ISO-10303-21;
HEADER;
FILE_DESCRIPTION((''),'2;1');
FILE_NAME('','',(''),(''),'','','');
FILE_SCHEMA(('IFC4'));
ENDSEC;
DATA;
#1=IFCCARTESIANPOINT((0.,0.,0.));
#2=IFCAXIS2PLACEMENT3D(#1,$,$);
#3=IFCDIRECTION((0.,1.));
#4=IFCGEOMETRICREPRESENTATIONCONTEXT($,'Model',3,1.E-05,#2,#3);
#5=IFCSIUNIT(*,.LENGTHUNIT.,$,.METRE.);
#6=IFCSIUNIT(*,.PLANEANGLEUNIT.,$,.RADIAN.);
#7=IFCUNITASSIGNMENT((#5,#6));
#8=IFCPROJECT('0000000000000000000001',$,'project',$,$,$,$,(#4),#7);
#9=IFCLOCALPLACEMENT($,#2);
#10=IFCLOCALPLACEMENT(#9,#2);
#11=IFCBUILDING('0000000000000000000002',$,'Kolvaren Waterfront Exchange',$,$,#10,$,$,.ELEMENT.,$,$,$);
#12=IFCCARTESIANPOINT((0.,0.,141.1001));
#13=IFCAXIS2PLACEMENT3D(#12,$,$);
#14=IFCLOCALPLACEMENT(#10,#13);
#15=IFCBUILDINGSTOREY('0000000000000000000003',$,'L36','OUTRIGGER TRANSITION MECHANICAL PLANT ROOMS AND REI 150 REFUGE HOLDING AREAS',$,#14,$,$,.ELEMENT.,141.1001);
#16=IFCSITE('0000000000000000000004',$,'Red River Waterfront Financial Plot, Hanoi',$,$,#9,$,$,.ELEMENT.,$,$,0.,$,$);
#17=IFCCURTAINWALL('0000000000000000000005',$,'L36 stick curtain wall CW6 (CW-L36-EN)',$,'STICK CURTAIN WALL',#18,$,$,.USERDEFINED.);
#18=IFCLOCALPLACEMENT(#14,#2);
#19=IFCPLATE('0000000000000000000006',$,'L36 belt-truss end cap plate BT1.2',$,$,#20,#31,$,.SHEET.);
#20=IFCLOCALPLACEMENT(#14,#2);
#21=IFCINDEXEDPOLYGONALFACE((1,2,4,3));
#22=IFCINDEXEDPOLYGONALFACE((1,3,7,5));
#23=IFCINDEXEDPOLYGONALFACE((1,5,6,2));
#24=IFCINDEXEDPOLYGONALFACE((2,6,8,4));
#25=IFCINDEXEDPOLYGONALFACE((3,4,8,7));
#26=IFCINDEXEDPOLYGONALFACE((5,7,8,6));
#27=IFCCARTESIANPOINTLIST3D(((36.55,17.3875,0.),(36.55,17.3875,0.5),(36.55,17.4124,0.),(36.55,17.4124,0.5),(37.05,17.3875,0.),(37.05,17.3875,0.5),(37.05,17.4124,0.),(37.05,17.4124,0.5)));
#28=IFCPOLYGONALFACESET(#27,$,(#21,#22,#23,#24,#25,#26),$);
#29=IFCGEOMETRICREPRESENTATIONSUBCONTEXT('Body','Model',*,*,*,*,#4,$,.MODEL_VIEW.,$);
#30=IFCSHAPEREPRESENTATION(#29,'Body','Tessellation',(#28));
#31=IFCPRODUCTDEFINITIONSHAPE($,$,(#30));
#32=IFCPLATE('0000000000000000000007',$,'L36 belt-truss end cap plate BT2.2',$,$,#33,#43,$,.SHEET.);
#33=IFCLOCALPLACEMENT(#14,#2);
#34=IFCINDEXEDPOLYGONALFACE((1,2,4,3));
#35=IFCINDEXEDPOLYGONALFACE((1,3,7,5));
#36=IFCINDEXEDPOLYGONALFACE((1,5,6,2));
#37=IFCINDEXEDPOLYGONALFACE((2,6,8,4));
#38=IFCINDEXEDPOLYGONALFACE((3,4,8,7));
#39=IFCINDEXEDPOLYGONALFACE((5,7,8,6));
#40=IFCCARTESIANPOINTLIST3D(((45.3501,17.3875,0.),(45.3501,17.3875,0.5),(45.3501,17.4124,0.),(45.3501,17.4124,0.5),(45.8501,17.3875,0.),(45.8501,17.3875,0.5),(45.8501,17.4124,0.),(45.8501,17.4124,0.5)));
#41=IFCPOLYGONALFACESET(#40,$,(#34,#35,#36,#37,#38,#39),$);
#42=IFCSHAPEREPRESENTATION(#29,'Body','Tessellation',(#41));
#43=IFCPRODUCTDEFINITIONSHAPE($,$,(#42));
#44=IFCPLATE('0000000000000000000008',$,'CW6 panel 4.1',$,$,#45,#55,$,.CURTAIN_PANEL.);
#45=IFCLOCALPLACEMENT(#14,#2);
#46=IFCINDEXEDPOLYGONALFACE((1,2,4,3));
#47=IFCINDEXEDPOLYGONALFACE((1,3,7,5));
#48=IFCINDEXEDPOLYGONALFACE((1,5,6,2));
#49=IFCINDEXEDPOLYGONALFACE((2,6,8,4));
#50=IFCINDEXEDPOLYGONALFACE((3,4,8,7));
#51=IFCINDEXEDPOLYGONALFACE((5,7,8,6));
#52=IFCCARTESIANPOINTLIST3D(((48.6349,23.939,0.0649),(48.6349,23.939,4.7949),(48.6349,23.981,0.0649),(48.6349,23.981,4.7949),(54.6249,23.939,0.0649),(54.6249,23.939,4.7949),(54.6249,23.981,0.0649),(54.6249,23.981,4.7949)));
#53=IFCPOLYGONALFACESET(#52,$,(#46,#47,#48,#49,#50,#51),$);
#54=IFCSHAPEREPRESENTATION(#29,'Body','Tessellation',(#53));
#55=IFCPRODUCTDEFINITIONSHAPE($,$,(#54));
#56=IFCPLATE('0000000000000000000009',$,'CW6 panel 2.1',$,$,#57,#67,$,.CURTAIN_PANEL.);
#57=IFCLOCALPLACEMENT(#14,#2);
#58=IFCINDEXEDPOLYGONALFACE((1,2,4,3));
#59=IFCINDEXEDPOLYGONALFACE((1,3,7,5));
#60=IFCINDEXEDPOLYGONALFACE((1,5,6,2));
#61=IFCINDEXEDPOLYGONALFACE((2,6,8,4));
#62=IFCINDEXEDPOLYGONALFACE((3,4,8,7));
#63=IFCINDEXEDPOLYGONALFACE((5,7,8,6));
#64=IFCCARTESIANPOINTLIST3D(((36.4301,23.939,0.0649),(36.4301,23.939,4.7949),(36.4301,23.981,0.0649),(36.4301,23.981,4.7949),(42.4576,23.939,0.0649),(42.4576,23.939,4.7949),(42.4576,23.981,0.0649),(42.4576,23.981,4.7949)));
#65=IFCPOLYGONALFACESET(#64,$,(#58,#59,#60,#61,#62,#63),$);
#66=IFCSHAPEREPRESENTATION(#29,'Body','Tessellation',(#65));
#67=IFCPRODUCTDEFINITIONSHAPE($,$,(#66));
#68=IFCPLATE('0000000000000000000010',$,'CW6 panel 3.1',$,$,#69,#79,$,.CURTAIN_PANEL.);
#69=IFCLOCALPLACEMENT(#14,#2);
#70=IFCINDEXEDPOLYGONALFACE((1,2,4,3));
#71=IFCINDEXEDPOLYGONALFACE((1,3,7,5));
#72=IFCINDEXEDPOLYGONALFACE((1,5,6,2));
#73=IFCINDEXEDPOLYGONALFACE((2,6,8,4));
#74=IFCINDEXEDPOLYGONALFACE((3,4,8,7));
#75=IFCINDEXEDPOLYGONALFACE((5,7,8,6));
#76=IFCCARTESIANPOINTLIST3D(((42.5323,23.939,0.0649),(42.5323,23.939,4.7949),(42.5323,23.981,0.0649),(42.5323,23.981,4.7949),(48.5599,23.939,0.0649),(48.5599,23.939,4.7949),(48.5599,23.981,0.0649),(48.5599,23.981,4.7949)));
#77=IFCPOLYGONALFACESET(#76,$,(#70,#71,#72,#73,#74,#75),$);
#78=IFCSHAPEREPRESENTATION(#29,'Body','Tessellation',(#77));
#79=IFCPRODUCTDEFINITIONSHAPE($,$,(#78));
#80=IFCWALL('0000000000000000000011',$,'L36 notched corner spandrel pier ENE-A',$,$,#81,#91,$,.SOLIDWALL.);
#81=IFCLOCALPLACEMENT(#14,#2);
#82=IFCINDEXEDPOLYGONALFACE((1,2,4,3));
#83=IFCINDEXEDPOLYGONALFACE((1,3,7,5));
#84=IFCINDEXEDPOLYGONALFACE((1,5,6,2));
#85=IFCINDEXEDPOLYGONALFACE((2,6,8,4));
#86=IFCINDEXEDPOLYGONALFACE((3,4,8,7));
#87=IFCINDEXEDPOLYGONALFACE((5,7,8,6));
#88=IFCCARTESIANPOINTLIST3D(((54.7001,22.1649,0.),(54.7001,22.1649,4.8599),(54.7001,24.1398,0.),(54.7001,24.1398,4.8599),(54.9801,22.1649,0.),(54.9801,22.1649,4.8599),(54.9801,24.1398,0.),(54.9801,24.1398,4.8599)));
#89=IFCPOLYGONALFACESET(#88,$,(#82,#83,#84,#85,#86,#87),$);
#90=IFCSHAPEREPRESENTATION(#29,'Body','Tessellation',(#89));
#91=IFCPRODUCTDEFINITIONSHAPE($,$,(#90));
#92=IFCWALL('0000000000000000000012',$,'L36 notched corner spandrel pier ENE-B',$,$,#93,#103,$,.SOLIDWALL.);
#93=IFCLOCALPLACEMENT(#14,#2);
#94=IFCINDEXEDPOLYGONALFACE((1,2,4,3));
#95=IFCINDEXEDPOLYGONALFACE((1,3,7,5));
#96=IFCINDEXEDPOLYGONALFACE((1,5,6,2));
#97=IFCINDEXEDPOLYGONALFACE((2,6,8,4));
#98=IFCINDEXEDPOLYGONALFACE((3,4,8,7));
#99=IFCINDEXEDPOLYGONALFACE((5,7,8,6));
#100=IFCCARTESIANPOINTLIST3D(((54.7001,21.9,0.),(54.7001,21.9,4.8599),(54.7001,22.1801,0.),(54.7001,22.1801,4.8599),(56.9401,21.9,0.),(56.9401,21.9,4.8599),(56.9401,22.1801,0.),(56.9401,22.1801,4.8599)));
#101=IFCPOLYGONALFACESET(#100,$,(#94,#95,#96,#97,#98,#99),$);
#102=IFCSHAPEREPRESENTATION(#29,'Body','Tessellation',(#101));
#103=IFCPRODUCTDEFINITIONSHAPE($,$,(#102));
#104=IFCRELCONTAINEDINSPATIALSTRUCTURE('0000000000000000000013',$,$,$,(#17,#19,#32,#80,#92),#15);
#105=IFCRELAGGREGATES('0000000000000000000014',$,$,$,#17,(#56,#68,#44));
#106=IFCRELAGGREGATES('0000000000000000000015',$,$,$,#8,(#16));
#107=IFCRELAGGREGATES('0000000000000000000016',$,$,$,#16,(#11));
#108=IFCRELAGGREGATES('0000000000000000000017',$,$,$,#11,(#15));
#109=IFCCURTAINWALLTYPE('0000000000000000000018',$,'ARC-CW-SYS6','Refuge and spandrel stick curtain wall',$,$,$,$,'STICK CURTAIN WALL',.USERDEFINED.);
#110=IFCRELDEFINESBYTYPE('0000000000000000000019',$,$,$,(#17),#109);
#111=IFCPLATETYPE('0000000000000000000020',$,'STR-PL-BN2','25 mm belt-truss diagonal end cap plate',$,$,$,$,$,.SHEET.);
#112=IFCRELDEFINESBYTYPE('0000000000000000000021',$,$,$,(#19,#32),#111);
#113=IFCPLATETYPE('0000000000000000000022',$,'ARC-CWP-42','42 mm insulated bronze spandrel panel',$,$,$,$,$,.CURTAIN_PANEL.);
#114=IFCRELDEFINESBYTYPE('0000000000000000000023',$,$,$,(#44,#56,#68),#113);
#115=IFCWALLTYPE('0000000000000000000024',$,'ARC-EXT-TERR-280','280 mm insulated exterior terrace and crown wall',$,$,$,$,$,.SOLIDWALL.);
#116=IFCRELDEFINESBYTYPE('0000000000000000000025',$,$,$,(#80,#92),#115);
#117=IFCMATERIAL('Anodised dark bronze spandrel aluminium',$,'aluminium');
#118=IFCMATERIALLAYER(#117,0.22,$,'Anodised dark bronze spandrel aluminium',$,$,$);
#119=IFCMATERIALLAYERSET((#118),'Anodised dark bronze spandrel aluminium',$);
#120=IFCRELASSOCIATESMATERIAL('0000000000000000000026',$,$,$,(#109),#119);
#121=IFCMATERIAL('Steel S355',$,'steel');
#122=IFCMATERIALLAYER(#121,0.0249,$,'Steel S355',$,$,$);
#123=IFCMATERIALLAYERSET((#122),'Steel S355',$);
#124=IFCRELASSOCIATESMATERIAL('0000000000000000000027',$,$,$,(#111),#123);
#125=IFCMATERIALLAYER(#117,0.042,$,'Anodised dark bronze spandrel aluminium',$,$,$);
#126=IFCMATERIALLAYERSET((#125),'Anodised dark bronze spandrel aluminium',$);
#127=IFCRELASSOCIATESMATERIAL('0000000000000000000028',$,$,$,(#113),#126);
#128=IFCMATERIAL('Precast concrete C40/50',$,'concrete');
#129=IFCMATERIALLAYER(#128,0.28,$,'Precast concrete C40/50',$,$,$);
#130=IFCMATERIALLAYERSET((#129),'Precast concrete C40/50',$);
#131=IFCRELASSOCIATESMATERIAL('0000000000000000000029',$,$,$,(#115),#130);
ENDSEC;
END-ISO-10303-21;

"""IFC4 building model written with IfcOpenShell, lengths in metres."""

from ifc_helpers import new_model, si_unit, direction, frame, frame_2d, origin, origin_with_axes, origin_2d, place, context, subcontext, project, spatial, rectangle, extrude, source, transform, mapped, material, layer, layer_set, type_object, element, aggregate, save


model = new_model("IFC4")

# Units and contexts
model_context = context("Model", 3, precision=1e-05, world=origin(), true_north=direction((0.0, 1.0)))
body_context = subcontext(model_context, "Body", "Model", "MODEL_VIEW")
ifc_project = project(units=[si_unit("LENGTHUNIT", "METRE"), si_unit("PLANEANGLEUNIT", "RADIAN")], contexts=[model_context])

# Site, building, storey
site_placement = place(None, origin())
site = spatial("IfcSite", under=ifc_project, at=site_placement, Name="Red River Waterfront Financial Plot, Hanoi", CompositionType="ELEMENT", RefElevation=0.0)
building_placement = place(site_placement, origin())
building = spatial("IfcBuilding", under=site, at=building_placement, Name="Kolvaren Waterfront Exchange", CompositionType="ELEMENT")
storey_placement = place(building_placement, frame((0.0, 0.0, 141.1001)))
storey = spatial("IfcBuildingStorey", under=building, at=storey_placement, Name="L36", Description="OUTRIGGER TRANSITION MECHANICAL PLANT ROOMS AND REI 150 REFUGE HOLDING AREAS", CompositionType="ELEMENT", Elevation=141.1001)

# Shared definitions
ifc_material_1 = material(Name="Steel S355", Category="steel")

# Curtain wall
ifc_material_2 = material(Name="Anodised dark bronze spandrel aluminium", Category="aluminium")
ifc_layer_1 = layer(ifc_material_2, 0.22, Name="Anodised dark bronze spandrel aluminium")
ifc_layer_set_1 = layer_set([ifc_layer_1], Name="Anodised dark bronze spandrel aluminium")
curtain_wall_type = type_object("IfcCurtainWallType", Name="ARC-CW-SYS6", Description="Refuge and spandrel stick curtain wall", ElementType="STICK CURTAIN WALL", PredefinedType="USERDEFINED", material=ifc_layer_set_1)
curtain_wall_placement = place(storey_placement, origin())
curtain_wall = element("IfcCurtainWall", 1, at=curtain_wall_placement, inside=storey, type_object=curtain_wall_type, Name="L36 stick curtain wall CW6 (CW-L36-EN)", ObjectType="STICK CURTAIN WALL", PredefinedType="USERDEFINED")

# Plates
ifc_layer_2 = layer(ifc_material_1, 0.0249, Name="Steel S355")
ifc_layer_set_2 = layer_set([ifc_layer_2], Name="Steel S355")
plate_type_1 = type_object("IfcPlateType", Name="STR-PL-BN2", Description="25 mm belt-truss diagonal end cap plate", PredefinedType="SHEET", material=ifc_layer_set_2)
shared_shape_1 = source(origin_with_axes(), body_context, "Body", "SweptSolid", [
    extrude(rectangle(XDim=0.5, YDim=0.0249, at=origin_2d()), origin(), (0.0, 0.0, 1.0), 0.5),
])
for number, where, z_axis, x_axis, name in (
    (2, (36.8, 17.3999, 0.0), (0.0, 0.0, 1.0), (1.0, 0.0, 0.0), "L36 belt-truss end cap plate BT1.2"),
    (3, (45.6001, 17.3999, 0.0), (0.0, 0.0, 1.0), (1.0, 0.0, 0.0), "L36 belt-truss end cap plate BT2.2"),
):
    element("IfcPlate", number, at=place(storey_placement, frame(where, z_axis=z_axis, x_axis=x_axis)), inside=storey, type_object=plate_type_1, Name=name, PredefinedType="SHEET", context=body_context, shape_type="MappedRepresentation", body=[
        mapped(shared_shape_1, transform((0.0, 0.0, 0.0), x_axis=(1.0, 0.0, 0.0), y_axis=(0.0, 1.0, 0.0), z_axis=(0.0, 0.0, 1.0), scale=1.0)),
    ])

# Plates
ifc_layer_3 = layer(ifc_material_2, 0.042, Name="Anodised dark bronze spandrel aluminium")
ifc_layer_set_3 = layer_set([ifc_layer_3], Name="Anodised dark bronze spandrel aluminium")
plate_type_2 = type_object("IfcPlateType", Name="ARC-CWP-42", Description="42 mm insulated bronze spandrel panel", PredefinedType="CURTAIN_PANEL", material=ifc_layer_set_3)
shared_shape_2 = source(origin_with_axes(), body_context, "Body", "SweptSolid", [
    extrude(rectangle(XDim=5.99, YDim=0.042, at=origin_2d()), origin(), (0.0, 0.0, 1.0), 4.73),
])
plate_1_placement = place(storey_placement, frame((51.6299, 23.96, 0.0649), z_axis=(0.0, 0.0, 1.0), x_axis=(1.0, 0.0, 0.0)))
plate_1 = element("IfcPlate", 4, at=plate_1_placement, type_object=plate_type_2, Name="CW6 panel 4.1", PredefinedType="CURTAIN_PANEL", context=body_context, shape_type="MappedRepresentation", body=[
    mapped(shared_shape_2, transform((0.0, 0.0, 0.0), x_axis=(1.0, 0.0, 0.0), y_axis=(0.0, 1.0, 0.0), z_axis=(0.0, 0.0, 1.0), scale=1.0)),
])
shared_shape_3 = source(origin_with_axes(), body_context, "Body", "SweptSolid", [
    extrude(rectangle(XDim=6.0276, YDim=0.042, at=origin_2d()), origin(), (0.0, 0.0, 1.0), 4.73),
])
plate_2_placement = place(storey_placement, frame((39.4438, 23.96, 0.0649), z_axis=(0.0, 0.0, 1.0), x_axis=(1.0, 0.0, 0.0)))
plate_2 = element("IfcPlate", 5, at=plate_2_placement, type_object=plate_type_2, Name="CW6 panel 2.1", PredefinedType="CURTAIN_PANEL", context=body_context, shape_type="MappedRepresentation", body=[
    mapped(shared_shape_3, transform((0.0, 0.0, 0.0), x_axis=(1.0, 0.0, 0.0), y_axis=(0.0, 1.0, 0.0), z_axis=(0.0, 0.0, 1.0), scale=1.0)),
])
plate_3_placement = place(storey_placement, frame((45.5461, 23.96, 0.0649), z_axis=(0.0, 0.0, 1.0), x_axis=(1.0, 0.0, 0.0)))
plate_3 = element("IfcPlate", 6, at=plate_3_placement, type_object=plate_type_2, Name="CW6 panel 3.1", PredefinedType="CURTAIN_PANEL", context=body_context, shape_type="MappedRepresentation", body=[
    mapped(shared_shape_3, transform((0.0, 0.0, 0.0), x_axis=(1.0, 0.0, 0.0), y_axis=(0.0, 1.0, 0.0), z_axis=(0.0, 0.0, 1.0), scale=1.0)),
])
aggregate(curtain_wall, [plate_2, plate_3, plate_1])

# Walls
ifc_material_3 = material(Name="Precast concrete C40/50", Category="concrete")
ifc_layer_4 = layer(ifc_material_3, 0.28, Name="Precast concrete C40/50")
ifc_layer_set_4 = layer_set([ifc_layer_4], Name="Precast concrete C40/50")
wall_type = type_object("IfcWallType", Name="ARC-EXT-TERR-280", Description="280 mm insulated exterior terrace and crown wall", PredefinedType="SOLIDWALL", material=ifc_layer_set_4)
wall_1_placement = place(storey_placement, frame((54.8401, 22.165, 0.0), z_axis=(0.0, 0.0, 1.0), x_axis=(0.0, 1.0, 0.0)))
element("IfcWall", 7, at=wall_1_placement, inside=storey, type_object=wall_type, Name="L36 notched corner spandrel pier ENE-A", PredefinedType="SOLIDWALL", context=body_context, shape_type="SweptSolid", body=[
    extrude(rectangle(XDim=1.9749, YDim=0.28, at=frame_2d((0.9873, 0.0))), origin(), (0.0, 0.0, 1.0), 4.8599),
])
wall_2_placement = place(storey_placement, frame((54.7, 22.04, 0.0), z_axis=(0.0, 0.0, 1.0), x_axis=(1.0, 0.0, 0.0)))
element("IfcWall", 8, at=wall_2_placement, inside=storey, type_object=wall_type, Name="L36 notched corner spandrel pier ENE-B", PredefinedType="SOLIDWALL", context=body_context, shape_type="SweptSolid", body=[
    extrude(rectangle(XDim=2.24, YDim=0.28, at=frame_2d((1.1201, 0.0))), origin(), (0.0, 0.0, 1.0), 4.8599),
])

save(model, "model.ifc")
